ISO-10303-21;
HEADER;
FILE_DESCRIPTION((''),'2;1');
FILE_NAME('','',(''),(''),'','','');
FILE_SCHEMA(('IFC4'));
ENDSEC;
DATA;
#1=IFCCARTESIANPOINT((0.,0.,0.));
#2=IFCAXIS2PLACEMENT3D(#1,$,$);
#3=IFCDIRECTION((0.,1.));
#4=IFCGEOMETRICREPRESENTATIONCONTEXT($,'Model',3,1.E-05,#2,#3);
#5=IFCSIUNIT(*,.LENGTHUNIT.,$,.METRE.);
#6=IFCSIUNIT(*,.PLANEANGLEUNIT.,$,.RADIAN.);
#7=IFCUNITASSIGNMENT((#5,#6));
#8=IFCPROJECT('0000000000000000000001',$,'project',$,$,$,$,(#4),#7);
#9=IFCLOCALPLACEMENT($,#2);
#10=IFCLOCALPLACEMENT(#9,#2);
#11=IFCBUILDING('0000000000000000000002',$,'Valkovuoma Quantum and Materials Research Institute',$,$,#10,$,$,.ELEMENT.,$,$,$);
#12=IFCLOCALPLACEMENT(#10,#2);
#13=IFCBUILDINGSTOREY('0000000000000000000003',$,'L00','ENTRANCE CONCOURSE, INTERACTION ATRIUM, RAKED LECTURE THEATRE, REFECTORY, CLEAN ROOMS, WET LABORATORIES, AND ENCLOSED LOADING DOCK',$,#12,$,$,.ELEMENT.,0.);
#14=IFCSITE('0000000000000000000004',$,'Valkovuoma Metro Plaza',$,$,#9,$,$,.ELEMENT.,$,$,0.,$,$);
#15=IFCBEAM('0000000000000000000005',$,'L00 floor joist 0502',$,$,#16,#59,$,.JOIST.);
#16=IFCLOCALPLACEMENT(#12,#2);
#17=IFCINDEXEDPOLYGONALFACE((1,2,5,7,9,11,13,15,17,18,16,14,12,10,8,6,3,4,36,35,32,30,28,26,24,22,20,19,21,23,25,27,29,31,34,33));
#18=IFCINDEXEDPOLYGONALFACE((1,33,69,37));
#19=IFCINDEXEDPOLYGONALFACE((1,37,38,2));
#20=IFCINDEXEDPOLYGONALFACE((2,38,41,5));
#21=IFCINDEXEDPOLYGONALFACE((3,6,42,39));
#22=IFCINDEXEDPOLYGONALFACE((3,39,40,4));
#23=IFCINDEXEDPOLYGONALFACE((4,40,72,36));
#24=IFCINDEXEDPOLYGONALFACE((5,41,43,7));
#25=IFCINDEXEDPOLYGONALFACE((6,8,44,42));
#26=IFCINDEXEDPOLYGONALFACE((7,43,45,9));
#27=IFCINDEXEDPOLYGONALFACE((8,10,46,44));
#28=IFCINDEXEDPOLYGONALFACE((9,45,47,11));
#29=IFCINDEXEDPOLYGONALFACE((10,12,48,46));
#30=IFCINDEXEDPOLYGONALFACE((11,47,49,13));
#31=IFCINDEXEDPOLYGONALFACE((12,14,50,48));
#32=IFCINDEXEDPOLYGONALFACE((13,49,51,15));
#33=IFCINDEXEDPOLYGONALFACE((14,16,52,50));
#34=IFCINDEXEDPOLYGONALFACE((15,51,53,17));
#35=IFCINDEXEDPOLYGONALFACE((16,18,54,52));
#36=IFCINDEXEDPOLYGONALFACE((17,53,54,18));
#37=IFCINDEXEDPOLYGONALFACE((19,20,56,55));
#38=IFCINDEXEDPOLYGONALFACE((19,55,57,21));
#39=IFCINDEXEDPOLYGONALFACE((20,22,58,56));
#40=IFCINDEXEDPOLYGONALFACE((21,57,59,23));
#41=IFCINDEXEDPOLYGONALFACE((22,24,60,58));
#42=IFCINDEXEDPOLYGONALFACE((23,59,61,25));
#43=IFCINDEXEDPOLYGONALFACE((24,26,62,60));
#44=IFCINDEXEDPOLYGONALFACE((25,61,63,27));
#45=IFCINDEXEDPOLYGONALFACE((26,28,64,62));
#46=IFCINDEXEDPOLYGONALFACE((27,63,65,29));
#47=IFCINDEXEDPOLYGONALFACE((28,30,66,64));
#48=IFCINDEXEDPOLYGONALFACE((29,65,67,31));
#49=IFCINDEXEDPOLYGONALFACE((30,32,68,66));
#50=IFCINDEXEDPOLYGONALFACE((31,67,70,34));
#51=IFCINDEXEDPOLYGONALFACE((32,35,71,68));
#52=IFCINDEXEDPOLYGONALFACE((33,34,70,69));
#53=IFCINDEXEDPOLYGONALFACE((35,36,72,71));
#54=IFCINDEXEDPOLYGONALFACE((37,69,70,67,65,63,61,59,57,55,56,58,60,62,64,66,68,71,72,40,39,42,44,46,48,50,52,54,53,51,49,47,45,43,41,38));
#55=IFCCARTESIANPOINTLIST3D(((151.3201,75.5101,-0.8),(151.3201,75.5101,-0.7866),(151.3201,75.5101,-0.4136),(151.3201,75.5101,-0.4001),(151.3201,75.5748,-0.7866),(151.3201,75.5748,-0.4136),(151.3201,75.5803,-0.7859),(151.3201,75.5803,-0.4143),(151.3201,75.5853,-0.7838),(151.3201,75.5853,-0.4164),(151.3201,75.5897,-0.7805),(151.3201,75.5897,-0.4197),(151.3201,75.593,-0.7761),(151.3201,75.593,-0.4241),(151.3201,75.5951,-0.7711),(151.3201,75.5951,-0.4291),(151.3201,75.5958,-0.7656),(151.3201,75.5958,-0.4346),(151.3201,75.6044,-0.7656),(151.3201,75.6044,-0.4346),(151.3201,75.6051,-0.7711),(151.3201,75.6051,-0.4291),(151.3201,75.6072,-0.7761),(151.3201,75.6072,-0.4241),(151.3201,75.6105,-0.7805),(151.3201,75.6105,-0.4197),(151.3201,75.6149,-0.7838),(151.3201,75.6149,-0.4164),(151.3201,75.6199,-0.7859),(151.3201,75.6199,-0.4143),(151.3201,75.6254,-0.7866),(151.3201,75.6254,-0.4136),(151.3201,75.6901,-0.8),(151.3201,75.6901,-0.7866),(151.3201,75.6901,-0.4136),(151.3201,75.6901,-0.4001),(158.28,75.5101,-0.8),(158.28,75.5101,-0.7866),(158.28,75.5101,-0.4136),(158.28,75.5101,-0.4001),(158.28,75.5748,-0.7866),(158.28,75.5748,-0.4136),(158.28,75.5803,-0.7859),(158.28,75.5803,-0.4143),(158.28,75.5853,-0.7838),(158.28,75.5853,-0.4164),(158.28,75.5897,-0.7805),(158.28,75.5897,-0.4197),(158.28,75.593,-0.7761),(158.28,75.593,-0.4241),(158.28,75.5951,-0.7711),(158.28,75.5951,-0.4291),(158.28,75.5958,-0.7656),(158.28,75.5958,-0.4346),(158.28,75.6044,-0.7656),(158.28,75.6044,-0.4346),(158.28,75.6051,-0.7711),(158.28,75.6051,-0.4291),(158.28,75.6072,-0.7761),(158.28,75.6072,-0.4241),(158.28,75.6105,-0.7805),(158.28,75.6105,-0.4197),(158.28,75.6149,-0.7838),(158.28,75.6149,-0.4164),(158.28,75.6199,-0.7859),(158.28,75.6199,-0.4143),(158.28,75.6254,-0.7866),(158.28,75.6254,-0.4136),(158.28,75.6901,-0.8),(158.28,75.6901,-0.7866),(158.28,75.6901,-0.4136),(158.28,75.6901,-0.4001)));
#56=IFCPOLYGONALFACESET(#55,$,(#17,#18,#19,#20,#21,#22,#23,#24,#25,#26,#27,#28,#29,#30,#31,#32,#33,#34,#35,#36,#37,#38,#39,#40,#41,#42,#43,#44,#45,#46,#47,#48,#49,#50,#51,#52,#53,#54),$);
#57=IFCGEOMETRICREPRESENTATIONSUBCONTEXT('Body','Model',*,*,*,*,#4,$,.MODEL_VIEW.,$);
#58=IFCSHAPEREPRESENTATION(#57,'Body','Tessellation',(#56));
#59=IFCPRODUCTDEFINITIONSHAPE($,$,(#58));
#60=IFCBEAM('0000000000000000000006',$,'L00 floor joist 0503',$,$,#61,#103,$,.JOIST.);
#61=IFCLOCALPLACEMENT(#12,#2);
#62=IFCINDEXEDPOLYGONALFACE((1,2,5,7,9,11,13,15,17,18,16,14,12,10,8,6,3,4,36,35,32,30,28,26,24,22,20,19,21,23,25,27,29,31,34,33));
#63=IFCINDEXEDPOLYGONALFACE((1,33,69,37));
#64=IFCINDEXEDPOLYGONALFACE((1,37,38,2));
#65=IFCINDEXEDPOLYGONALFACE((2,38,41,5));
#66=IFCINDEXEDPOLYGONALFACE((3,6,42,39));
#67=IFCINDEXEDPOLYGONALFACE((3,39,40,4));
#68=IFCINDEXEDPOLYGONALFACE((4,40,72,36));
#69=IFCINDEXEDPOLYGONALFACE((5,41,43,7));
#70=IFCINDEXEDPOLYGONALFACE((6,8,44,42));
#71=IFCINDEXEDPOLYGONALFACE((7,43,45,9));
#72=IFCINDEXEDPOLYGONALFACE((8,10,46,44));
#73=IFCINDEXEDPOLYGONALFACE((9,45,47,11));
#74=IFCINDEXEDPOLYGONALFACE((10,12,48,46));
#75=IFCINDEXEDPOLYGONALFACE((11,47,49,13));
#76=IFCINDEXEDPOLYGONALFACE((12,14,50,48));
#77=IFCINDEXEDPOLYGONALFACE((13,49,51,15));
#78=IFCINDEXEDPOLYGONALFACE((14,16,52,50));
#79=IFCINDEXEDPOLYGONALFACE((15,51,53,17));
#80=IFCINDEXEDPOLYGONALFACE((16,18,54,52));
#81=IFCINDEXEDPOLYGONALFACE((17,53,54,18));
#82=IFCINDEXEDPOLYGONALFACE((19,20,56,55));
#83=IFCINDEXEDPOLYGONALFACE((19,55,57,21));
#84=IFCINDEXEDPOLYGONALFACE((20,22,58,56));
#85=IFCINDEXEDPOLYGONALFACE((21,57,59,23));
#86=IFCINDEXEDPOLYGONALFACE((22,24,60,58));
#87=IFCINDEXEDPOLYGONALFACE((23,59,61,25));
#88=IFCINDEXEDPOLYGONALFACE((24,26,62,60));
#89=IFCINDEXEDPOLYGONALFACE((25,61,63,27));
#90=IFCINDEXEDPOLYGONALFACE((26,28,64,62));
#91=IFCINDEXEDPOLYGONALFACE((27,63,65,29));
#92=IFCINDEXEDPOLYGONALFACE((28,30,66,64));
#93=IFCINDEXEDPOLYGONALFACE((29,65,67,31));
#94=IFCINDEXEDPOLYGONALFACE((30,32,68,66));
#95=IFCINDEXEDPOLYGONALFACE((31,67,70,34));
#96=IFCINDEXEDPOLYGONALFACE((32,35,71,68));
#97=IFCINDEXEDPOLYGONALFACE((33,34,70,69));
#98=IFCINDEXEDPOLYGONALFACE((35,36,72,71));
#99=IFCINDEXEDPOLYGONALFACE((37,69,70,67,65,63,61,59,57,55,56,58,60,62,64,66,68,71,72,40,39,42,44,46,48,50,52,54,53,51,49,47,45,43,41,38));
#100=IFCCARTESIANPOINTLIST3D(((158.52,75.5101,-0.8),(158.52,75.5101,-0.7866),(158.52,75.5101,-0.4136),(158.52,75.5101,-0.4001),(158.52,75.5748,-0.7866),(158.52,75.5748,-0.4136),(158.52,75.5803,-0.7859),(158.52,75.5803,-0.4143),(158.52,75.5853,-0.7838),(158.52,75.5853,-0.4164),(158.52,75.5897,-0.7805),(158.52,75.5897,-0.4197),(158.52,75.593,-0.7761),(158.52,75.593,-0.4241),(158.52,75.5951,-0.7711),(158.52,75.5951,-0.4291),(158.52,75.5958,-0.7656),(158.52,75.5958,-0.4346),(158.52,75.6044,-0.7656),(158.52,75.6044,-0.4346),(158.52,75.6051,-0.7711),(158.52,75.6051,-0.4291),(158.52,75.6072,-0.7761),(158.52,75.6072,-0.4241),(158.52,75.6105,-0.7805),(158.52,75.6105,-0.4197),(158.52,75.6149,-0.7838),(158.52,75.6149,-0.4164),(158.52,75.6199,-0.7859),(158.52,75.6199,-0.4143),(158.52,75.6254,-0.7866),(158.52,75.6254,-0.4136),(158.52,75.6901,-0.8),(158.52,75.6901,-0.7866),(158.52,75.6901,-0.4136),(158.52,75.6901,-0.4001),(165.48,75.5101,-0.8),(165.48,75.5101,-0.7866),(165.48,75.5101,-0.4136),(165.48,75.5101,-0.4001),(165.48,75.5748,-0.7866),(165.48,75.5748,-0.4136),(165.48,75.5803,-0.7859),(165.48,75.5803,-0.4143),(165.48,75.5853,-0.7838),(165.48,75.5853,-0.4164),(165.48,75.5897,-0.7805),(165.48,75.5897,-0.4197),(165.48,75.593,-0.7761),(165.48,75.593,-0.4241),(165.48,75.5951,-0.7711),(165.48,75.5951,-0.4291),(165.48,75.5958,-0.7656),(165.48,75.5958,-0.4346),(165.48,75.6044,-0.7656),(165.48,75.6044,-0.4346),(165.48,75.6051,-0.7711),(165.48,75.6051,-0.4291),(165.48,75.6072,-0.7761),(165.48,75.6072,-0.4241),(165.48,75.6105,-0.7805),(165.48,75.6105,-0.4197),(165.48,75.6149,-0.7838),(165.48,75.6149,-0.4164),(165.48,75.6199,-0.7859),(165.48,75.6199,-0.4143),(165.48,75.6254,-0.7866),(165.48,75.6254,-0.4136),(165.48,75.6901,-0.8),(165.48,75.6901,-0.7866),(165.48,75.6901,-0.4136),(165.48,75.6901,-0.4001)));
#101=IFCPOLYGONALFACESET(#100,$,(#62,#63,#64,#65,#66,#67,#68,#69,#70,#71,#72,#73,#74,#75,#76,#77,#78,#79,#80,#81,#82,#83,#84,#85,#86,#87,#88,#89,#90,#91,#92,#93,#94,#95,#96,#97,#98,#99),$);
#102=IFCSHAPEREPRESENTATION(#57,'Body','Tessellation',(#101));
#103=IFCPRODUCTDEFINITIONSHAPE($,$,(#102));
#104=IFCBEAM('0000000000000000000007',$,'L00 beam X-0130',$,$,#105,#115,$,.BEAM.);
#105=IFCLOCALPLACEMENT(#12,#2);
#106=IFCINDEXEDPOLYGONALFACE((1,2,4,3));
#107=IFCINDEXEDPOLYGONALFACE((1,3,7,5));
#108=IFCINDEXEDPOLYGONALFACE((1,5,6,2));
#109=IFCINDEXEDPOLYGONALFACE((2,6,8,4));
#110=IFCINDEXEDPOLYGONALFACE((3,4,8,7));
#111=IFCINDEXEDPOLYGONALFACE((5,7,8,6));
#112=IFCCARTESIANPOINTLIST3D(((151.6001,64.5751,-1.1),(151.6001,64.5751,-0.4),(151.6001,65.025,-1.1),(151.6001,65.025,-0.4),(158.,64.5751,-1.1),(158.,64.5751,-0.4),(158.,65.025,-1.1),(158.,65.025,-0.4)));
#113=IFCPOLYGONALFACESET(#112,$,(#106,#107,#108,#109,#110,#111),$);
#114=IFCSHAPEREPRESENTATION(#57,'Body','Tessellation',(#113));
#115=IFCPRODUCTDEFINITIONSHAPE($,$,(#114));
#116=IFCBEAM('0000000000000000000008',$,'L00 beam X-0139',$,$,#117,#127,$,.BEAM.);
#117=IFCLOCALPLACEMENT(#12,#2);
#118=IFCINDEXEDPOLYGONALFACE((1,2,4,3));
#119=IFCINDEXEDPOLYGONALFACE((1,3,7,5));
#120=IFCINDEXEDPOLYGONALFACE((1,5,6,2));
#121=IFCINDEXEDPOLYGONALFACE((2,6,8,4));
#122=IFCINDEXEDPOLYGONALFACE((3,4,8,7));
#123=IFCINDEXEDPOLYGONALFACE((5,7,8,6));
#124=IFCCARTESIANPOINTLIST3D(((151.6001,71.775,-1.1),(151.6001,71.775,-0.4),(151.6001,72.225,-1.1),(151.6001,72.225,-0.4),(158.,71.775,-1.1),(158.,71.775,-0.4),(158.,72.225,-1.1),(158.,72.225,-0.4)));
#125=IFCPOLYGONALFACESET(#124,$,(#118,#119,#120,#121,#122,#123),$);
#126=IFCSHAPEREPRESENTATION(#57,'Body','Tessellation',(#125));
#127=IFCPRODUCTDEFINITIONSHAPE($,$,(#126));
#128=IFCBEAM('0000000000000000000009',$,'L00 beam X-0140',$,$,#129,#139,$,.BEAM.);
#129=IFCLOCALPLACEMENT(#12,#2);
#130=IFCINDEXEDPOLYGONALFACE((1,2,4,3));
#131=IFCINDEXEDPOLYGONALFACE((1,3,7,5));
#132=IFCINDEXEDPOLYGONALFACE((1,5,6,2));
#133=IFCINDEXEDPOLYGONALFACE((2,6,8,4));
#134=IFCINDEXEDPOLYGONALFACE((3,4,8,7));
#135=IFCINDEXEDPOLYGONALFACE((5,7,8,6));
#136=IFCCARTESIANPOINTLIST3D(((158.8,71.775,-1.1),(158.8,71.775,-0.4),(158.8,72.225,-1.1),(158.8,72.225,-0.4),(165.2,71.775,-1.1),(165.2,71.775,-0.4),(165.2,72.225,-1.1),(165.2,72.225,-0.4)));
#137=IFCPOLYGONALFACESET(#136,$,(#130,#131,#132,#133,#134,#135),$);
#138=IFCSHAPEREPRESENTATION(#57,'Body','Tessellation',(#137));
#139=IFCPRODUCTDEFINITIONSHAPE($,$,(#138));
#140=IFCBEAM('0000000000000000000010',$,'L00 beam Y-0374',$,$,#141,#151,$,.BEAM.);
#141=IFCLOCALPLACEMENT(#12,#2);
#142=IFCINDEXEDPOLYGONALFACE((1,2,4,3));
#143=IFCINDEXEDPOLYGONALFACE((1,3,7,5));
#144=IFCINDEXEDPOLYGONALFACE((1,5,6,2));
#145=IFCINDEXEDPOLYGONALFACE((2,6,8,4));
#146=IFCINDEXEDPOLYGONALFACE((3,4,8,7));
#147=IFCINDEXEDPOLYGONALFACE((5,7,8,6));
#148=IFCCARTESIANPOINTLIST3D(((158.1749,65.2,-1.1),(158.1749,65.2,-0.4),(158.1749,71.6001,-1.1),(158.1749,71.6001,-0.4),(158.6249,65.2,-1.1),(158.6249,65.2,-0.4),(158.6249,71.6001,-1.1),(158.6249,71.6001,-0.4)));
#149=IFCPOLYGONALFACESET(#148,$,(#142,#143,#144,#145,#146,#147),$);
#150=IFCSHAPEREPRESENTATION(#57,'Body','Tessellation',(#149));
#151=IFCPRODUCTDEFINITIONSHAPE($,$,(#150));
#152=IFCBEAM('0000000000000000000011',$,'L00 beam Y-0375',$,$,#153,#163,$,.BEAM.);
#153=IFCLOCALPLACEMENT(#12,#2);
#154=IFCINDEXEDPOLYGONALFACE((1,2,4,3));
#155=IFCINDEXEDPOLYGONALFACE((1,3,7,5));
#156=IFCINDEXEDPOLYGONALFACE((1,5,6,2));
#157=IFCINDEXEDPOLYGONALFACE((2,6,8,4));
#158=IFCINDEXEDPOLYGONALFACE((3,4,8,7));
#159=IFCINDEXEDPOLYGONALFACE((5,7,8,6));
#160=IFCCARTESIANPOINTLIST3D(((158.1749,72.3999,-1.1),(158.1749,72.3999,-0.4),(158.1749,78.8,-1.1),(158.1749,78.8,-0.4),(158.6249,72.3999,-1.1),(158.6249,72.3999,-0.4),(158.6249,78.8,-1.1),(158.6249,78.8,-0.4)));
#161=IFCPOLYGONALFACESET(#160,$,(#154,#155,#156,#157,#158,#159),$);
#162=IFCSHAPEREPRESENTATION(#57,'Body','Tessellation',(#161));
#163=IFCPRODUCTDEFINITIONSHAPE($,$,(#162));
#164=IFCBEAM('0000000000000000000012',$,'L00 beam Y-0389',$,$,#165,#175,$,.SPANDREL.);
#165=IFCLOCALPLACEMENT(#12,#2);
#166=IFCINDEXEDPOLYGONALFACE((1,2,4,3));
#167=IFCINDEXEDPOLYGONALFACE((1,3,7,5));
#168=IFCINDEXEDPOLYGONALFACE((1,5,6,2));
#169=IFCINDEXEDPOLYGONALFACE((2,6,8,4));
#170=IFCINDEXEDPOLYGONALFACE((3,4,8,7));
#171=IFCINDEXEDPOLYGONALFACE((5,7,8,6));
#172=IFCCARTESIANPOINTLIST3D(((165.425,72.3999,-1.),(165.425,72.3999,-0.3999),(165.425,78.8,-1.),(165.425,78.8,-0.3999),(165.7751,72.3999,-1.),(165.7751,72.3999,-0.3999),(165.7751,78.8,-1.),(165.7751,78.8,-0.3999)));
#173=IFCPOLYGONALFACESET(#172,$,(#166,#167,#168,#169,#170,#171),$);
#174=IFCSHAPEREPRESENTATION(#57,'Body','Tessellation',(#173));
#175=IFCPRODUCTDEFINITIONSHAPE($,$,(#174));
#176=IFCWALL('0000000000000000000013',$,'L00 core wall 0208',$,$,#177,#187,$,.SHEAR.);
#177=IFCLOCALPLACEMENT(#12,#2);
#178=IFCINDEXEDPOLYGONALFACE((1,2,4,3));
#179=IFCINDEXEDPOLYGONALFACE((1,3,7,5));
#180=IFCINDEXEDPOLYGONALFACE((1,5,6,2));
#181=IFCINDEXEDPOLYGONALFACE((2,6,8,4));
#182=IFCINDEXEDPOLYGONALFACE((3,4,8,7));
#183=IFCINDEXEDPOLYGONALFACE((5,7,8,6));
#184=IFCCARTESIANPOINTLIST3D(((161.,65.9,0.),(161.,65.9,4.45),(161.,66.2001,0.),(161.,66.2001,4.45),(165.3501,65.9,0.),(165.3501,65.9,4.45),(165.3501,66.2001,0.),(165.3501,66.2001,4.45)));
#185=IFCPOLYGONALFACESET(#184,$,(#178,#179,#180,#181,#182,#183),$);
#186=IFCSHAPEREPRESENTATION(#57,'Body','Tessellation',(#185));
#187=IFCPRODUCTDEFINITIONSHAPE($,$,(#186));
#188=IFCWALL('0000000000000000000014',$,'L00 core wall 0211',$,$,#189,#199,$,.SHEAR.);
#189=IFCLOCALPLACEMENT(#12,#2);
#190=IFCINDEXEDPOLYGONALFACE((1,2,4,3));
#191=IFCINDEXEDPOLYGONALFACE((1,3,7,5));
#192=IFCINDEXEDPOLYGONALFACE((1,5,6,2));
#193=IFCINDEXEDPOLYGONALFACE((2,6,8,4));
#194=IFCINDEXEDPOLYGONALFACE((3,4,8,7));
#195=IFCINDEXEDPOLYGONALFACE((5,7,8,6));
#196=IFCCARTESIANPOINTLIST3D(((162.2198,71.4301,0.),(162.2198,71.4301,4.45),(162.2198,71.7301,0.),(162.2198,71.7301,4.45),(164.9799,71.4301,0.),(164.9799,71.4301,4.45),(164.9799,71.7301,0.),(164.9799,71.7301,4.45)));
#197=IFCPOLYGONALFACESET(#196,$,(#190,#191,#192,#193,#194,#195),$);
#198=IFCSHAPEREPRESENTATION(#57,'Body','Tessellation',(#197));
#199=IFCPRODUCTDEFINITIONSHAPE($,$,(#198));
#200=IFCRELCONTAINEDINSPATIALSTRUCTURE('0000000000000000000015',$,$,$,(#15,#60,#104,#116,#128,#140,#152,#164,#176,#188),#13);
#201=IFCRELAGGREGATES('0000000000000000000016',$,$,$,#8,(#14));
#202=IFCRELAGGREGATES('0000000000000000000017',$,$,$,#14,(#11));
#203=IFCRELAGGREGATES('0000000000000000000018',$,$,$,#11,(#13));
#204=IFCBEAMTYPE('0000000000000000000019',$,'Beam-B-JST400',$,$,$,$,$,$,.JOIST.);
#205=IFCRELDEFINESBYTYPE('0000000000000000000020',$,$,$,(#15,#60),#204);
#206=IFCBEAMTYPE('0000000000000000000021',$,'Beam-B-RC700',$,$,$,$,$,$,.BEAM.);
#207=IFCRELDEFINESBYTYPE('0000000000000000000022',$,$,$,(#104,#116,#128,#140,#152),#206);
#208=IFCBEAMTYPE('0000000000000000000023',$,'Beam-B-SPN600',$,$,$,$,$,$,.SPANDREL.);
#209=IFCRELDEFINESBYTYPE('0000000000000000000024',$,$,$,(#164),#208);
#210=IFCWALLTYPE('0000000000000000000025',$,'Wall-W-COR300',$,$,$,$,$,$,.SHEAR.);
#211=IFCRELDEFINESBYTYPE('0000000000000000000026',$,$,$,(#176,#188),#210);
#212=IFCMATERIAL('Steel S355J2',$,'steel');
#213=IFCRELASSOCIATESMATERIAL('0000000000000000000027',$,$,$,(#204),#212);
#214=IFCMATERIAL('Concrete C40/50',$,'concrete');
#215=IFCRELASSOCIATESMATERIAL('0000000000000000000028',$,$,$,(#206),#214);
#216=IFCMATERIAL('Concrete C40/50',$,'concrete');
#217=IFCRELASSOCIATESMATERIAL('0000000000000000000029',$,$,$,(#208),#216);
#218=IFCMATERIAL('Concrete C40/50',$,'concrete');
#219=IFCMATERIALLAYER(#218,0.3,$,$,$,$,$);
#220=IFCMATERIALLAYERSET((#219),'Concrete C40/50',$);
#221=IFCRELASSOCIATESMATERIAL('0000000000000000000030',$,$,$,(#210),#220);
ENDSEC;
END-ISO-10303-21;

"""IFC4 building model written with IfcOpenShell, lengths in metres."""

from ifc_helpers import new_model, si_unit, direction, frame, frame_2d, origin, origin_2d, place, context, subcontext, project, spatial, rectangle, i_section, extrude, material, layer, layer_set, material_profile, profile_set, type_object, element, save


model = new_model("IFC4")

# Units and contexts
model_context = context("Model", 3, precision=1e-05, world=origin(), true_north=direction((0.0, 1.0)))
body_context = subcontext(model_context, "Body", "Model", "MODEL_VIEW")
ifc_project = project(units=[si_unit("LENGTHUNIT", "METRE"), si_unit("PLANEANGLEUNIT", "RADIAN")], contexts=[model_context])

# Site, building, storey
site_placement = place(None, origin())
site = spatial("IfcSite", under=ifc_project, at=site_placement, Name="Valkovuoma Metro Plaza", CompositionType="ELEMENT", RefElevation=0.0)
building_placement = place(site_placement, origin())
building = spatial("IfcBuilding", under=site, at=building_placement, Name="Valkovuoma Quantum and Materials Research Institute", CompositionType="ELEMENT")
storey_placement = place(building_placement, origin())
storey = spatial("IfcBuildingStorey", under=building, at=storey_placement, Name="L00", Description="ENTRANCE CONCOURSE, INTERACTION ATRIUM, RAKED LECTURE THEATRE, REFECTORY, CLEAN ROOMS, WET LABORATORIES, AND ENCLOSED LOADING DOCK", CompositionType="ELEMENT", Elevation=0.0)

# Beams
ifc_material_1 = material(Name="Steel S355J2", Category="steel")
ifc_material_profile_1 = material_profile(ifc_material_1, i_section(OverallWidth=0.1799, OverallDepth=0.3999, WebThickness=0.0085, FlangeThickness=0.0134, FilletRadius=0.021, at=origin_2d()), Name="Steel S355J2")
ifc_profile_set_1 = profile_set([ifc_material_profile_1], Name="Steel S355J2")
beam_type_1 = type_object("IfcBeamType", Name="Beam-B-JST400", PredefinedType="JOIST", material=ifc_profile_set_1)
for number, where, z_axis, x_axis, name in (
    (1, (151.3201, 75.6001, -0.6001), (1.0, 0.0, 0.0), (0.0, 1.0, 0.0), "L00 floor joist 0502"),
    (2, (158.52, 75.6001, -0.6001), (1.0, 0.0, 0.0), (0.0, 1.0, 0.0), "L00 floor joist 0503"),
):
    element("IfcBeam", number, at=place(storey_placement, frame(where, z_axis=z_axis, x_axis=x_axis)), inside=storey, type_object=beam_type_1, Name=name, PredefinedType="JOIST", context=body_context, shape_type="SweptSolid", body=[
        extrude(i_section(OverallWidth=0.1799, OverallDepth=0.3999, WebThickness=0.0085, FlangeThickness=0.0134, FilletRadius=0.021, at=origin_2d()), origin(), (0.0, 0.0, 1.0), 6.96),
    ])
ifc_material_2 = material(Name="Concrete C40/50", Category="concrete")
ifc_material_profile_2 = material_profile(ifc_material_2, rectangle(XDim=0.45, YDim=0.7, at=origin_2d()), Name="Concrete C40/50")
ifc_profile_set_2 = profile_set([ifc_material_profile_2], Name="Concrete C40/50")
beam_type_2 = type_object("IfcBeamType", Name="Beam-B-RC700", PredefinedType="BEAM", material=ifc_profile_set_2)
for number, where, z_axis, x_axis, name in (
    (3, (151.6001, 64.8, -0.75), (1.0, 0.0, 0.0), (0.0, 1.0, 0.0), "L00 beam X-0130"),
    (4, (151.6001, 72.0, -0.75), (1.0, 0.0, 0.0), (0.0, 1.0, 0.0), "L00 beam X-0139"),
    (5, (158.8, 72.0, -0.75), (1.0, 0.0, 0.0), (0.0, 1.0, 0.0), "L00 beam X-0140"),
):
    element("IfcBeam", number, at=place(storey_placement, frame(where, z_axis=z_axis, x_axis=x_axis)), inside=storey, type_object=beam_type_2, Name=name, PredefinedType="BEAM", context=body_context, shape_type="SweptSolid", body=[
        extrude(rectangle(XDim=0.45, YDim=0.7, at=origin_2d()), origin(), (0.0, 0.0, 1.0), 6.3999),
    ])
for number, where, z_axis, x_axis, name in (
    (6, (158.3999, 65.2, -0.75), (0.0, 1.0, 0.0), (-1.0, 0.0, 0.0), "L00 beam Y-0374"),
    (7, (158.3999, 72.3999, -0.75), (0.0, 1.0, 0.0), (-1.0, 0.0, 0.0), "L00 beam Y-0375"),
):
    element("IfcBeam", number, at=place(storey_placement, frame(where, z_axis=z_axis, x_axis=x_axis)), inside=storey, type_object=beam_type_2, Name=name, PredefinedType="BEAM", context=body_context, shape_type="SweptSolid", body=[
        extrude(rectangle(XDim=0.45, YDim=0.7, at=origin_2d()), origin(), (0.0, 0.0, 1.0), 6.4001),
    ])
ifc_material_3 = material(Name="Concrete C40/50", Category="concrete")
ifc_material_profile_3 = material_profile(ifc_material_3, rectangle(XDim=0.3501, YDim=0.6001, at=origin_2d()), Name="Concrete C40/50")
ifc_profile_set_3 = profile_set([ifc_material_profile_3], Name="Concrete C40/50")
beam_type_3 = type_object("IfcBeamType", Name="Beam-B-SPN600", PredefinedType="SPANDREL", material=ifc_profile_set_3)
beam_placement = place(storey_placement, frame((165.6001, 72.3999, -0.7), z_axis=(0.0, 1.0, 0.0), x_axis=(-1.0, 0.0, 0.0)))
element("IfcBeam", 8, at=beam_placement, inside=storey, type_object=beam_type_3, Name="L00 beam Y-0389", PredefinedType="SPANDREL", context=body_context, shape_type="SweptSolid", body=[
    extrude(rectangle(XDim=0.3501, YDim=0.6001, at=origin_2d()), origin(), (0.0, 0.0, 1.0), 6.4001),
])

# Walls
ifc_material_4 = material(Name="Concrete C40/50", Category="concrete")
ifc_layer_1 = layer(ifc_material_4, 0.3)
ifc_layer_set_1 = layer_set([ifc_layer_1], Name="Concrete C40/50")
wall_type_1 = type_object("IfcWallType", Name="Wall-W-COR300", PredefinedType="SHEAR", material=ifc_layer_set_1)
wall_1_placement = place(storey_placement, frame((161.0, 66.05, 0.0), z_axis=(0.0, 0.0, 1.0), x_axis=(1.0, 0.0, 0.0)))
element("IfcWall", 9, at=wall_1_placement, inside=storey, type_object=wall_type_1, Name="L00 core wall 0208", PredefinedType="SHEAR", context=body_context, shape_type="SweptSolid", body=[
    extrude(rectangle(XDim=4.3501, YDim=0.3, at=frame_2d((2.175, 0.0))), origin(), (0.0, 0.0, 1.0), 4.45),
])
wall_2_placement = place(storey_placement, frame((162.22, 71.5801, 0.0), z_axis=(0.0, 0.0, 1.0), x_axis=(1.0, 0.0, 0.0)))
element("IfcWall", 10, at=wall_2_placement, inside=storey, type_object=wall_type_1, Name="L00 core wall 0211", PredefinedType="SHEAR", context=body_context, shape_type="SweptSolid", body=[
    extrude(rectangle(XDim=2.76, YDim=0.3, at=frame_2d((1.3799, 0.0))), origin(), (0.0, 0.0, 1.0), 4.45),
])

save(model, "model.ifc")
